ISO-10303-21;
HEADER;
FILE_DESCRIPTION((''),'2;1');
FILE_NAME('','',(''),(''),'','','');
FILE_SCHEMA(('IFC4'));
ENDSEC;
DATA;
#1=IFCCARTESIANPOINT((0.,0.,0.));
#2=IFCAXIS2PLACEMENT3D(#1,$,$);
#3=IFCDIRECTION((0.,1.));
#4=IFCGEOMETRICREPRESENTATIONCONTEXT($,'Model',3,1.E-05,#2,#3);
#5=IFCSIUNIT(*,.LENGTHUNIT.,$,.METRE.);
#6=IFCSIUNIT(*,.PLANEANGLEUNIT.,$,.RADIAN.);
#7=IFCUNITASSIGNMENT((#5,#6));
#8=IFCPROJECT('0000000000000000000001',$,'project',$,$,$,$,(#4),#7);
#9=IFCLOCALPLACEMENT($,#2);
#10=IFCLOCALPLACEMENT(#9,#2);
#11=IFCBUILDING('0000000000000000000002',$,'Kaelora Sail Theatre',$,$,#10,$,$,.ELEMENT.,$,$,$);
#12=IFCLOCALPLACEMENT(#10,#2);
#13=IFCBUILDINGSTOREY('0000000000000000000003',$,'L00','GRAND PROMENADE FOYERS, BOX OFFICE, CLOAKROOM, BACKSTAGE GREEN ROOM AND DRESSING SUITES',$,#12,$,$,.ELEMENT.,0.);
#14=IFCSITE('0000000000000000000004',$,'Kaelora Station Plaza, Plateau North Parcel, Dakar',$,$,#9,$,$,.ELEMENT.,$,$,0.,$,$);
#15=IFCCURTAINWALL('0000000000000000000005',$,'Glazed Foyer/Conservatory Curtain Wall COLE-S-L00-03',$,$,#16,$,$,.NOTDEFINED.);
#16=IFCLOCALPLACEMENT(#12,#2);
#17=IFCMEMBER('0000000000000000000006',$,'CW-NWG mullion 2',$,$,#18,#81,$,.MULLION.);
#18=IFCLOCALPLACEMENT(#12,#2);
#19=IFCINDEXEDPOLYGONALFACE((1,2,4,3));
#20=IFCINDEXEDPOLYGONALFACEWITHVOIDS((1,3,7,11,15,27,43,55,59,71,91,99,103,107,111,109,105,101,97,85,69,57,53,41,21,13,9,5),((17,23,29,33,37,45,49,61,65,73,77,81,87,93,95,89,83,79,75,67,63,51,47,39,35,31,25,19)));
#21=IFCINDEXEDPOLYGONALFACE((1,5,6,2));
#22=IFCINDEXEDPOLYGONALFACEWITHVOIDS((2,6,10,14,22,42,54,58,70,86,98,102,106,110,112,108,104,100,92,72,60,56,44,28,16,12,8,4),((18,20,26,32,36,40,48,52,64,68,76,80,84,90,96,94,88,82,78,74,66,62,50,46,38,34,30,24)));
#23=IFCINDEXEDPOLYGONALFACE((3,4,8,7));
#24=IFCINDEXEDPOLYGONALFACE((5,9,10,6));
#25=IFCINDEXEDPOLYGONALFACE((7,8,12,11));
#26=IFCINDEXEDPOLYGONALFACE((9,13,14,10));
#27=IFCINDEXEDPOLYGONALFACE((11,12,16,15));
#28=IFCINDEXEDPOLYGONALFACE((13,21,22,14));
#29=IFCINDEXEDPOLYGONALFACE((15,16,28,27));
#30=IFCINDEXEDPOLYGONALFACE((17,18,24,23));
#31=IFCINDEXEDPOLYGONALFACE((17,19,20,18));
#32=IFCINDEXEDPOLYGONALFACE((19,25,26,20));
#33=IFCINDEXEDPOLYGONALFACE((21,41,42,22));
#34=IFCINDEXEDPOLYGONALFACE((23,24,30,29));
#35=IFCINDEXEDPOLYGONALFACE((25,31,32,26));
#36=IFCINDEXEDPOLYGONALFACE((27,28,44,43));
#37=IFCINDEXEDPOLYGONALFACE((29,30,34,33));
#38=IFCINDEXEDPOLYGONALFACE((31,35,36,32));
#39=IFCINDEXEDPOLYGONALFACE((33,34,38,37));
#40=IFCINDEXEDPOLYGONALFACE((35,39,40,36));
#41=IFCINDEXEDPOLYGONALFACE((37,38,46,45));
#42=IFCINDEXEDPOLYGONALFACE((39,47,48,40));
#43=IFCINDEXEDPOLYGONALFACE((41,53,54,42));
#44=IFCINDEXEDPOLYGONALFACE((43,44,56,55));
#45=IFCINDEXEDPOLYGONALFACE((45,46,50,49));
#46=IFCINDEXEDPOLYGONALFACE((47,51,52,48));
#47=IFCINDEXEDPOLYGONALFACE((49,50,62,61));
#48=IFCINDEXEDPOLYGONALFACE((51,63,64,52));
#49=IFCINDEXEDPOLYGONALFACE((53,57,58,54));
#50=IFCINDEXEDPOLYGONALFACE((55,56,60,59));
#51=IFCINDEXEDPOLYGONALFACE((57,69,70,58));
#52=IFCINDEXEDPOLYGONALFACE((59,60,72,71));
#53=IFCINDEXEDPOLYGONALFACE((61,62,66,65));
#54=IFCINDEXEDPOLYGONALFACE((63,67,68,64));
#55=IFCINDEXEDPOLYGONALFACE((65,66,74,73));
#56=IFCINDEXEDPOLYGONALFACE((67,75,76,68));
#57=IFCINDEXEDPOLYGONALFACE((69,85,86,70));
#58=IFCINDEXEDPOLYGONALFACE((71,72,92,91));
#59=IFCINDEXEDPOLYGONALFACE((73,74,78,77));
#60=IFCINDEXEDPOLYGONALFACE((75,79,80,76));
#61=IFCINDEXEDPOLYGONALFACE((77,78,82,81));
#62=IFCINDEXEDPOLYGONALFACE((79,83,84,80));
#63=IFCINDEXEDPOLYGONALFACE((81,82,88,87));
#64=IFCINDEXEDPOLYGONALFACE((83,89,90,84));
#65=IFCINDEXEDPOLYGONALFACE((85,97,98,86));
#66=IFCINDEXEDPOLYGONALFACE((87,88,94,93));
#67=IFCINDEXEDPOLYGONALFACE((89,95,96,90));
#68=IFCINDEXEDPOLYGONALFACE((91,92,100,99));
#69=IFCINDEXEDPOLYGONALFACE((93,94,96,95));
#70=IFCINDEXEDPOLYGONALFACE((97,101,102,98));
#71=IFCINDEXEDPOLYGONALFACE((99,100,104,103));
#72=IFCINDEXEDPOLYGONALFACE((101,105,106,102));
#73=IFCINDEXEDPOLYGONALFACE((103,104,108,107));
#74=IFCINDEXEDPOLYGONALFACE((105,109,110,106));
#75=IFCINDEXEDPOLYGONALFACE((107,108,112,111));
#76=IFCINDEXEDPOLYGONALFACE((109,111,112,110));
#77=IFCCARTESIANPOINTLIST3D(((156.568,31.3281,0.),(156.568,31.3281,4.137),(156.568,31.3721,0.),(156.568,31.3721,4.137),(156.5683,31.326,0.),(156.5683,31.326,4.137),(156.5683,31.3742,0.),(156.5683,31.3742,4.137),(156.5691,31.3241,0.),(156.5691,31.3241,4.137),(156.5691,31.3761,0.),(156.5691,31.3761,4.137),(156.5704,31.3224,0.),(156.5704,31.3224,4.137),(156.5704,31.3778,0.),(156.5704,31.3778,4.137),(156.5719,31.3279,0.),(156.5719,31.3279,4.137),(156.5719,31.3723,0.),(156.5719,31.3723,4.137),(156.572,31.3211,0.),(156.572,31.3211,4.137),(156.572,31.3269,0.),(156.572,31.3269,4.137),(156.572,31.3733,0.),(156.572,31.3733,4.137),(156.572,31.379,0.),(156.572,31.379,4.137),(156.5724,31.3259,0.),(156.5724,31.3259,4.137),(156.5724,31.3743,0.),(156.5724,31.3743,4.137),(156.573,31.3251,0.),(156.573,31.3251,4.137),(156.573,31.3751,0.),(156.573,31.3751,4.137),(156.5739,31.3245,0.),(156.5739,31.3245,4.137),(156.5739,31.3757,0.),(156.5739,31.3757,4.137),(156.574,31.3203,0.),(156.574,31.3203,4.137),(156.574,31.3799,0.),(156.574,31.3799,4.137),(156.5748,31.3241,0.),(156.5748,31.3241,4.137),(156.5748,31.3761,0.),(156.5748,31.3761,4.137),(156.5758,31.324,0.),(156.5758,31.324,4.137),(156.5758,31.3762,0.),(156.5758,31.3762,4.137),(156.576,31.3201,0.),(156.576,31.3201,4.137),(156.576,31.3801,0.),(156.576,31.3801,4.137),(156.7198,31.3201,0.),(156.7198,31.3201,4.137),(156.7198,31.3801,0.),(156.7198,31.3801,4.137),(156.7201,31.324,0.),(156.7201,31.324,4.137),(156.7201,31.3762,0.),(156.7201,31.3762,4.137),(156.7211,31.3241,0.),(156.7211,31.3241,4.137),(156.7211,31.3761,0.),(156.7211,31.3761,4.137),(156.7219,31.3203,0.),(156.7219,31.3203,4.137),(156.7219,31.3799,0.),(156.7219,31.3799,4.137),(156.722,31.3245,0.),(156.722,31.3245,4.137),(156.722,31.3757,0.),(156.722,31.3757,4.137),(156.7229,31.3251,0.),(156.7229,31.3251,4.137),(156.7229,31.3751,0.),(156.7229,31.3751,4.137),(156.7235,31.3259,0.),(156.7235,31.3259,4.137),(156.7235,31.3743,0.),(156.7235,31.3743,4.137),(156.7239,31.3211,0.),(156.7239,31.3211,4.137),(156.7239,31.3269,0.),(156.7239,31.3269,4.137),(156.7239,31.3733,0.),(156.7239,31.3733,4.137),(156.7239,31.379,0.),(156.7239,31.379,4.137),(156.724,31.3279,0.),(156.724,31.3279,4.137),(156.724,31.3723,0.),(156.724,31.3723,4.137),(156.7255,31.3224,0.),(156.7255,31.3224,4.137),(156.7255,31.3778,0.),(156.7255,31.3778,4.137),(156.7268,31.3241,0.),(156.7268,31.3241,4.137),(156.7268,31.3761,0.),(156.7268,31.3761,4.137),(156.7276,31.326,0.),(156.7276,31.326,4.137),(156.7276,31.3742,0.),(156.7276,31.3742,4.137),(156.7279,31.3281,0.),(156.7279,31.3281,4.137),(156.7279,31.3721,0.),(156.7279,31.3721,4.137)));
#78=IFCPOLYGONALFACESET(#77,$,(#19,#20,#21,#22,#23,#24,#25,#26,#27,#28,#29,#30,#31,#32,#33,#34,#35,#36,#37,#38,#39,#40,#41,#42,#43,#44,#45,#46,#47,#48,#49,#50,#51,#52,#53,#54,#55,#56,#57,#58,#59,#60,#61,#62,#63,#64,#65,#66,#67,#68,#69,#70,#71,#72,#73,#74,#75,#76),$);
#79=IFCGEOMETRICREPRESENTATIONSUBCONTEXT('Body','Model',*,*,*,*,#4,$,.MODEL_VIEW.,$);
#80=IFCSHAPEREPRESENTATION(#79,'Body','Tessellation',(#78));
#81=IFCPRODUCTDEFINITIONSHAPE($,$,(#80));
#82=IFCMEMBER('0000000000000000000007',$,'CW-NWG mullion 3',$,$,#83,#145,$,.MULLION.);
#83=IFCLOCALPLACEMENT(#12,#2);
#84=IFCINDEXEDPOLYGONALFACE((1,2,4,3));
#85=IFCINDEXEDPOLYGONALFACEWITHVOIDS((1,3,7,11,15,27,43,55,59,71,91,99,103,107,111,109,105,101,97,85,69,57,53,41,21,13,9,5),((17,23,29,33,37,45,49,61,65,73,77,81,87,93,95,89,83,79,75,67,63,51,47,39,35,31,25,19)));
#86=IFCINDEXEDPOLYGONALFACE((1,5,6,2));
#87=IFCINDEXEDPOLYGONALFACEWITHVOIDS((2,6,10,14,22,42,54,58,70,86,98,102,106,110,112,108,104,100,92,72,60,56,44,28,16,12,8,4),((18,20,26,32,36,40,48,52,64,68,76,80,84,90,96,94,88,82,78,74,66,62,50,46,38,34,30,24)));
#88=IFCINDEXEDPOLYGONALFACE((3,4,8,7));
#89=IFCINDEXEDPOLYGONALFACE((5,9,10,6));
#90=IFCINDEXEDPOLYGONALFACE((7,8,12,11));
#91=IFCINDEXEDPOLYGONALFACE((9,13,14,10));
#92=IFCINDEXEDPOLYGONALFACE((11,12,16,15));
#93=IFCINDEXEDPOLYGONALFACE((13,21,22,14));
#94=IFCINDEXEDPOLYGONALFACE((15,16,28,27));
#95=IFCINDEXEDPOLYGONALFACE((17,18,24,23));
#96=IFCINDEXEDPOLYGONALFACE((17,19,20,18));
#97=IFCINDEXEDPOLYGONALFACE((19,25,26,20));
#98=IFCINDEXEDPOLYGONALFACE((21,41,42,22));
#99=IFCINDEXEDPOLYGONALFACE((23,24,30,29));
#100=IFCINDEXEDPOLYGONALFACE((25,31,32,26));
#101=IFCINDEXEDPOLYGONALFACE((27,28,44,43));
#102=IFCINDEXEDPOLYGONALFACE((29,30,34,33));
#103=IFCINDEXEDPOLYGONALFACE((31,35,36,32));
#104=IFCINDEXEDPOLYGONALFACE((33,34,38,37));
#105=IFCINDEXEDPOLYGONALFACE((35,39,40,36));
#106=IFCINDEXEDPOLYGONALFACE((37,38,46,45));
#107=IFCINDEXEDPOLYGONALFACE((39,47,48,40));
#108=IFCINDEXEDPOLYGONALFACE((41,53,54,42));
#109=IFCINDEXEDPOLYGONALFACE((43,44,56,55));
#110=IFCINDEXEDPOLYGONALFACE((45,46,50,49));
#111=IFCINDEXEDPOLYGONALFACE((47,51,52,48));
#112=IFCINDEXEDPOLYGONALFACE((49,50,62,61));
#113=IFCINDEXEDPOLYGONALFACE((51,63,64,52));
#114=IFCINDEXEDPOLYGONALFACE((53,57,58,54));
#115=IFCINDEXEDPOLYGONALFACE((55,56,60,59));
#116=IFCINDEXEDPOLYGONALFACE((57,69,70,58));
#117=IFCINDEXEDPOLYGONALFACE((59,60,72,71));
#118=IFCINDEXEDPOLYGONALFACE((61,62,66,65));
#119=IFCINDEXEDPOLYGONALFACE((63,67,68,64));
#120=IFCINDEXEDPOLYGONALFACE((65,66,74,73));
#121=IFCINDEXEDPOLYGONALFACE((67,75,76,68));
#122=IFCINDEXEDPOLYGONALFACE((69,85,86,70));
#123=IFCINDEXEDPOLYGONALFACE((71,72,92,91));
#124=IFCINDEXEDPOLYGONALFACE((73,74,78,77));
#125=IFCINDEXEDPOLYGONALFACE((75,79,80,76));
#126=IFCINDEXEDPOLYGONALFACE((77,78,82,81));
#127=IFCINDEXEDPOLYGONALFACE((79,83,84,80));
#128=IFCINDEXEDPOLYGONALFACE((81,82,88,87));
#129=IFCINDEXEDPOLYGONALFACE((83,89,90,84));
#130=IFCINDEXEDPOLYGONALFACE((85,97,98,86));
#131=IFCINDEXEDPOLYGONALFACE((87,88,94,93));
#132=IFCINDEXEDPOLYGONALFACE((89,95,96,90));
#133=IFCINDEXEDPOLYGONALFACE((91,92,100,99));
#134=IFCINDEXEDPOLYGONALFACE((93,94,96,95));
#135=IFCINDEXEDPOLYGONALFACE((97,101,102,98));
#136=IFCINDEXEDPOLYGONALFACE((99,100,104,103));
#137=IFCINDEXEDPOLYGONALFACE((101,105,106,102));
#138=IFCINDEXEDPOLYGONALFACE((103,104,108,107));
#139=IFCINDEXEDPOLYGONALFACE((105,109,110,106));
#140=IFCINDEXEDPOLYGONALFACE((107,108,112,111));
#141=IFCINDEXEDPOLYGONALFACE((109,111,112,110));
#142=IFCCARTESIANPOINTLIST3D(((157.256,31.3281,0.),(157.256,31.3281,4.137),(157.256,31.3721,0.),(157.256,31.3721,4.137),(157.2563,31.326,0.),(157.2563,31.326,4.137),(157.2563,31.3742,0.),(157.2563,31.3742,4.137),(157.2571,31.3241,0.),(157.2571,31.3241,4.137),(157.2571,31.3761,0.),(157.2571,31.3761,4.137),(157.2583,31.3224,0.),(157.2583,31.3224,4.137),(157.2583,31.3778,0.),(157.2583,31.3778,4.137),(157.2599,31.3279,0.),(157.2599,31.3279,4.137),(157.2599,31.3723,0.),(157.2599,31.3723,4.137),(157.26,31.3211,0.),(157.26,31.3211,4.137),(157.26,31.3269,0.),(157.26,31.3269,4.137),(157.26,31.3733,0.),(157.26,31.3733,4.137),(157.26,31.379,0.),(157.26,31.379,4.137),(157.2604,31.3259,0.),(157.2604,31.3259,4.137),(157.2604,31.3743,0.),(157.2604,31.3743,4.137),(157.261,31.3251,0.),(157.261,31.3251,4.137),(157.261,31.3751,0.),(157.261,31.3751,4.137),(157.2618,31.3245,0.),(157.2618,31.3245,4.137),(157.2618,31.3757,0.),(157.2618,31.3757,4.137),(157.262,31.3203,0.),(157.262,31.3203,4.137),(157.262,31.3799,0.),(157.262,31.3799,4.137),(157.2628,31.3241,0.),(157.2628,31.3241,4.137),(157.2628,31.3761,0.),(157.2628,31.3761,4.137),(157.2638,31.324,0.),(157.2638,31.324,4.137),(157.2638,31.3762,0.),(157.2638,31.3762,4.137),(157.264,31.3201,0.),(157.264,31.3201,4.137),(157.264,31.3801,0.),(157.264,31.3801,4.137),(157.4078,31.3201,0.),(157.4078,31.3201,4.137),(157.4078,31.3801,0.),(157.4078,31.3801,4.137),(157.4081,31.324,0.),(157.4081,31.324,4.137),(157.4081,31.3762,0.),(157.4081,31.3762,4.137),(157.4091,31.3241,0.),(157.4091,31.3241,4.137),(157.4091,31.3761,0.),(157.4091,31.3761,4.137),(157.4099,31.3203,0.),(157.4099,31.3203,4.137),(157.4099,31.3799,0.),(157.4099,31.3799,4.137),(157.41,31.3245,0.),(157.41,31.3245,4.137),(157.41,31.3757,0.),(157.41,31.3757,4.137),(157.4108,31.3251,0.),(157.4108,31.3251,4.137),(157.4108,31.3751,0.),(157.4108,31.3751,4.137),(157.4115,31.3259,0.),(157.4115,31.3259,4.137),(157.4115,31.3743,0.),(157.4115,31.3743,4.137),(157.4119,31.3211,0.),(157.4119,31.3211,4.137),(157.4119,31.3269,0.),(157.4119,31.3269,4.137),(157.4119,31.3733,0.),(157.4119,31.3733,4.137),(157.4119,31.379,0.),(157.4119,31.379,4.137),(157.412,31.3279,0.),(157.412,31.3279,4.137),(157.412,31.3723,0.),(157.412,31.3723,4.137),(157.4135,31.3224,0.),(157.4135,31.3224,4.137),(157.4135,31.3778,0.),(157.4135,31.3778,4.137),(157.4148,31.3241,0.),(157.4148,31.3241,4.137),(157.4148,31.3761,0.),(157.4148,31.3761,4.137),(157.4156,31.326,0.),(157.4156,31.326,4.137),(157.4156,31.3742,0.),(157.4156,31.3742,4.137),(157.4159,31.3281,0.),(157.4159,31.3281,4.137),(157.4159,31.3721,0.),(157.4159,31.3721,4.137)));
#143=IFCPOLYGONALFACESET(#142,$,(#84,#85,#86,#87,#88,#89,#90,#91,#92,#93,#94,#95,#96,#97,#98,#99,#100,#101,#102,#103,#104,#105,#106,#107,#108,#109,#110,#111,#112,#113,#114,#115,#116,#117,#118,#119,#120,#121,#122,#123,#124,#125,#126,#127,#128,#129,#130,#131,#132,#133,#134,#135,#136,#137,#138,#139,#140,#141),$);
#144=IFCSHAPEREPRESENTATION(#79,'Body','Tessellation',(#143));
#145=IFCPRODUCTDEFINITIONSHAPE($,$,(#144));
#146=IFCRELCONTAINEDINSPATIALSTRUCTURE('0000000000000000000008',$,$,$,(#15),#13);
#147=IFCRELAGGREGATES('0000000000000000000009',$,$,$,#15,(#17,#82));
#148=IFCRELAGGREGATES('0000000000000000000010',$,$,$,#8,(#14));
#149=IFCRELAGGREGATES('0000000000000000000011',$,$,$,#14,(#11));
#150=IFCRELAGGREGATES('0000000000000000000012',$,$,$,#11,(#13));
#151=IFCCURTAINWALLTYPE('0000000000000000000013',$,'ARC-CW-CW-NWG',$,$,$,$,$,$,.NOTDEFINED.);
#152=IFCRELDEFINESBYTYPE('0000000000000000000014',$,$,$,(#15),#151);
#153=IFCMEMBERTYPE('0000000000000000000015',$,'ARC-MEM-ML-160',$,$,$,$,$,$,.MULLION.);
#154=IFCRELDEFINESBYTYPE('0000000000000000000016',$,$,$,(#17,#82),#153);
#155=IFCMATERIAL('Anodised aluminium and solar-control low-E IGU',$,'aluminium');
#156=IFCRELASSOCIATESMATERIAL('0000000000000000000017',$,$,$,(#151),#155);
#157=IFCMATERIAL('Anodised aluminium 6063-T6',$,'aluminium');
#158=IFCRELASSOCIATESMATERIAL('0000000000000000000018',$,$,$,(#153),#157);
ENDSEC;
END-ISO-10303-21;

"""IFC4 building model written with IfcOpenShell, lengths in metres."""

from ifc_helpers import new_model, si_unit, direction, frame, origin, origin_2d, place, context, subcontext, project, spatial, hollow_rectangle, extrude, material, material_profile, profile_set, type_object, element, aggregate, save


model = new_model("IFC4")

# Units and contexts
model_context = context("Model", 3, precision=1e-05, world=origin(), true_north=direction((0.0, 1.0)))
body_context = subcontext(model_context, "Body", "Model", "MODEL_VIEW")
ifc_project = project(units=[si_unit("LENGTHUNIT", "METRE"), si_unit("PLANEANGLEUNIT", "RADIAN")], contexts=[model_context])

# Site, building, storey
site_placement = place(None, origin())
site = spatial("IfcSite", under=ifc_project, at=site_placement, Name="Kaelora Station Plaza, Plateau North Parcel, Dakar", CompositionType="ELEMENT", RefElevation=0.0)
building_placement = place(site_placement, origin())
building = spatial("IfcBuilding", under=site, at=building_placement, Name="Kaelora Sail Theatre", CompositionType="ELEMENT")
storey_placement = place(building_placement, origin())
storey = spatial("IfcBuildingStorey", under=building, at=storey_placement, Name="L00", Description="GRAND PROMENADE FOYERS, BOX OFFICE, CLOAKROOM, BACKSTAGE GREEN ROOM AND DRESSING SUITES", CompositionType="ELEMENT", Elevation=0.0)

# Shared definitions
ifc_material_1 = material(Name="Anodised aluminium and solar-control low-E IGU", Category="aluminium")
curtain_wall_type = type_object("IfcCurtainWallType", Name="ARC-CW-CW-NWG", PredefinedType="NOTDEFINED", material=ifc_material_1)
ifc_material_2 = material(Name="Anodised aluminium 6063-T6", Category="aluminium")
ifc_material_profile_1 = material_profile(ifc_material_2, hollow_rectangle(XDim=0.0601, YDim=0.1599, WallThickness=0.0039, InnerFilletRadius=0.0039, OuterFilletRadius=0.0081, at=origin_2d()), Name="ALU-MULL 60x160x4")
ifc_profile_set_1 = profile_set([ifc_material_profile_1], Name="Anodised aluminium 6063-T6")
member_type_1 = type_object("IfcMemberType", Name="ARC-MEM-ML-160", PredefinedType="MULLION", material=ifc_profile_set_1)

# Curtain wall, members
curtain_wall_1_placement = place(storey_placement, origin())
curtain_wall_1 = element("IfcCurtainWall", 1, at=curtain_wall_1_placement, inside=storey, type_object=curtain_wall_type, Name="Glazed Foyer/Conservatory Curtain Wall COLE-S-L00-03", PredefinedType="NOTDEFINED")
member_1_placement = place(storey_placement, frame((156.6479, 31.3501, 0.0), z_axis=(0.0, 0.0, 1.0), x_axis=(0.0, 1.0, 0.0)))
member_1 = element("IfcMember", 2, at=member_1_placement, type_object=member_type_1, Name="CW-NWG mullion 2", PredefinedType="MULLION", context=body_context, shape_type="SweptSolid", body=[
    extrude(hollow_rectangle(XDim=0.0601, YDim=0.1599, WallThickness=0.0039, InnerFilletRadius=0.0039, OuterFilletRadius=0.0081, at=origin_2d()), origin(), (0.0, 0.0, 1.0), 4.137),
])
member_2_placement = place(storey_placement, frame((157.3359, 31.3501, 0.0), z_axis=(0.0, 0.0, 1.0), x_axis=(0.0, 1.0, 0.0)))
member_2 = element("IfcMember", 3, at=member_2_placement, type_object=member_type_1, Name="CW-NWG mullion 3", PredefinedType="MULLION", context=body_context, shape_type="SweptSolid", body=[
    extrude(hollow_rectangle(XDim=0.0601, YDim=0.1599, WallThickness=0.0039, InnerFilletRadius=0.0039, OuterFilletRadius=0.0081, at=origin_2d()), origin(), (0.0, 0.0, 1.0), 4.137),
])

aggregate(curtain_wall_1, [member_1, member_2])

save(model, "model.ifc")
